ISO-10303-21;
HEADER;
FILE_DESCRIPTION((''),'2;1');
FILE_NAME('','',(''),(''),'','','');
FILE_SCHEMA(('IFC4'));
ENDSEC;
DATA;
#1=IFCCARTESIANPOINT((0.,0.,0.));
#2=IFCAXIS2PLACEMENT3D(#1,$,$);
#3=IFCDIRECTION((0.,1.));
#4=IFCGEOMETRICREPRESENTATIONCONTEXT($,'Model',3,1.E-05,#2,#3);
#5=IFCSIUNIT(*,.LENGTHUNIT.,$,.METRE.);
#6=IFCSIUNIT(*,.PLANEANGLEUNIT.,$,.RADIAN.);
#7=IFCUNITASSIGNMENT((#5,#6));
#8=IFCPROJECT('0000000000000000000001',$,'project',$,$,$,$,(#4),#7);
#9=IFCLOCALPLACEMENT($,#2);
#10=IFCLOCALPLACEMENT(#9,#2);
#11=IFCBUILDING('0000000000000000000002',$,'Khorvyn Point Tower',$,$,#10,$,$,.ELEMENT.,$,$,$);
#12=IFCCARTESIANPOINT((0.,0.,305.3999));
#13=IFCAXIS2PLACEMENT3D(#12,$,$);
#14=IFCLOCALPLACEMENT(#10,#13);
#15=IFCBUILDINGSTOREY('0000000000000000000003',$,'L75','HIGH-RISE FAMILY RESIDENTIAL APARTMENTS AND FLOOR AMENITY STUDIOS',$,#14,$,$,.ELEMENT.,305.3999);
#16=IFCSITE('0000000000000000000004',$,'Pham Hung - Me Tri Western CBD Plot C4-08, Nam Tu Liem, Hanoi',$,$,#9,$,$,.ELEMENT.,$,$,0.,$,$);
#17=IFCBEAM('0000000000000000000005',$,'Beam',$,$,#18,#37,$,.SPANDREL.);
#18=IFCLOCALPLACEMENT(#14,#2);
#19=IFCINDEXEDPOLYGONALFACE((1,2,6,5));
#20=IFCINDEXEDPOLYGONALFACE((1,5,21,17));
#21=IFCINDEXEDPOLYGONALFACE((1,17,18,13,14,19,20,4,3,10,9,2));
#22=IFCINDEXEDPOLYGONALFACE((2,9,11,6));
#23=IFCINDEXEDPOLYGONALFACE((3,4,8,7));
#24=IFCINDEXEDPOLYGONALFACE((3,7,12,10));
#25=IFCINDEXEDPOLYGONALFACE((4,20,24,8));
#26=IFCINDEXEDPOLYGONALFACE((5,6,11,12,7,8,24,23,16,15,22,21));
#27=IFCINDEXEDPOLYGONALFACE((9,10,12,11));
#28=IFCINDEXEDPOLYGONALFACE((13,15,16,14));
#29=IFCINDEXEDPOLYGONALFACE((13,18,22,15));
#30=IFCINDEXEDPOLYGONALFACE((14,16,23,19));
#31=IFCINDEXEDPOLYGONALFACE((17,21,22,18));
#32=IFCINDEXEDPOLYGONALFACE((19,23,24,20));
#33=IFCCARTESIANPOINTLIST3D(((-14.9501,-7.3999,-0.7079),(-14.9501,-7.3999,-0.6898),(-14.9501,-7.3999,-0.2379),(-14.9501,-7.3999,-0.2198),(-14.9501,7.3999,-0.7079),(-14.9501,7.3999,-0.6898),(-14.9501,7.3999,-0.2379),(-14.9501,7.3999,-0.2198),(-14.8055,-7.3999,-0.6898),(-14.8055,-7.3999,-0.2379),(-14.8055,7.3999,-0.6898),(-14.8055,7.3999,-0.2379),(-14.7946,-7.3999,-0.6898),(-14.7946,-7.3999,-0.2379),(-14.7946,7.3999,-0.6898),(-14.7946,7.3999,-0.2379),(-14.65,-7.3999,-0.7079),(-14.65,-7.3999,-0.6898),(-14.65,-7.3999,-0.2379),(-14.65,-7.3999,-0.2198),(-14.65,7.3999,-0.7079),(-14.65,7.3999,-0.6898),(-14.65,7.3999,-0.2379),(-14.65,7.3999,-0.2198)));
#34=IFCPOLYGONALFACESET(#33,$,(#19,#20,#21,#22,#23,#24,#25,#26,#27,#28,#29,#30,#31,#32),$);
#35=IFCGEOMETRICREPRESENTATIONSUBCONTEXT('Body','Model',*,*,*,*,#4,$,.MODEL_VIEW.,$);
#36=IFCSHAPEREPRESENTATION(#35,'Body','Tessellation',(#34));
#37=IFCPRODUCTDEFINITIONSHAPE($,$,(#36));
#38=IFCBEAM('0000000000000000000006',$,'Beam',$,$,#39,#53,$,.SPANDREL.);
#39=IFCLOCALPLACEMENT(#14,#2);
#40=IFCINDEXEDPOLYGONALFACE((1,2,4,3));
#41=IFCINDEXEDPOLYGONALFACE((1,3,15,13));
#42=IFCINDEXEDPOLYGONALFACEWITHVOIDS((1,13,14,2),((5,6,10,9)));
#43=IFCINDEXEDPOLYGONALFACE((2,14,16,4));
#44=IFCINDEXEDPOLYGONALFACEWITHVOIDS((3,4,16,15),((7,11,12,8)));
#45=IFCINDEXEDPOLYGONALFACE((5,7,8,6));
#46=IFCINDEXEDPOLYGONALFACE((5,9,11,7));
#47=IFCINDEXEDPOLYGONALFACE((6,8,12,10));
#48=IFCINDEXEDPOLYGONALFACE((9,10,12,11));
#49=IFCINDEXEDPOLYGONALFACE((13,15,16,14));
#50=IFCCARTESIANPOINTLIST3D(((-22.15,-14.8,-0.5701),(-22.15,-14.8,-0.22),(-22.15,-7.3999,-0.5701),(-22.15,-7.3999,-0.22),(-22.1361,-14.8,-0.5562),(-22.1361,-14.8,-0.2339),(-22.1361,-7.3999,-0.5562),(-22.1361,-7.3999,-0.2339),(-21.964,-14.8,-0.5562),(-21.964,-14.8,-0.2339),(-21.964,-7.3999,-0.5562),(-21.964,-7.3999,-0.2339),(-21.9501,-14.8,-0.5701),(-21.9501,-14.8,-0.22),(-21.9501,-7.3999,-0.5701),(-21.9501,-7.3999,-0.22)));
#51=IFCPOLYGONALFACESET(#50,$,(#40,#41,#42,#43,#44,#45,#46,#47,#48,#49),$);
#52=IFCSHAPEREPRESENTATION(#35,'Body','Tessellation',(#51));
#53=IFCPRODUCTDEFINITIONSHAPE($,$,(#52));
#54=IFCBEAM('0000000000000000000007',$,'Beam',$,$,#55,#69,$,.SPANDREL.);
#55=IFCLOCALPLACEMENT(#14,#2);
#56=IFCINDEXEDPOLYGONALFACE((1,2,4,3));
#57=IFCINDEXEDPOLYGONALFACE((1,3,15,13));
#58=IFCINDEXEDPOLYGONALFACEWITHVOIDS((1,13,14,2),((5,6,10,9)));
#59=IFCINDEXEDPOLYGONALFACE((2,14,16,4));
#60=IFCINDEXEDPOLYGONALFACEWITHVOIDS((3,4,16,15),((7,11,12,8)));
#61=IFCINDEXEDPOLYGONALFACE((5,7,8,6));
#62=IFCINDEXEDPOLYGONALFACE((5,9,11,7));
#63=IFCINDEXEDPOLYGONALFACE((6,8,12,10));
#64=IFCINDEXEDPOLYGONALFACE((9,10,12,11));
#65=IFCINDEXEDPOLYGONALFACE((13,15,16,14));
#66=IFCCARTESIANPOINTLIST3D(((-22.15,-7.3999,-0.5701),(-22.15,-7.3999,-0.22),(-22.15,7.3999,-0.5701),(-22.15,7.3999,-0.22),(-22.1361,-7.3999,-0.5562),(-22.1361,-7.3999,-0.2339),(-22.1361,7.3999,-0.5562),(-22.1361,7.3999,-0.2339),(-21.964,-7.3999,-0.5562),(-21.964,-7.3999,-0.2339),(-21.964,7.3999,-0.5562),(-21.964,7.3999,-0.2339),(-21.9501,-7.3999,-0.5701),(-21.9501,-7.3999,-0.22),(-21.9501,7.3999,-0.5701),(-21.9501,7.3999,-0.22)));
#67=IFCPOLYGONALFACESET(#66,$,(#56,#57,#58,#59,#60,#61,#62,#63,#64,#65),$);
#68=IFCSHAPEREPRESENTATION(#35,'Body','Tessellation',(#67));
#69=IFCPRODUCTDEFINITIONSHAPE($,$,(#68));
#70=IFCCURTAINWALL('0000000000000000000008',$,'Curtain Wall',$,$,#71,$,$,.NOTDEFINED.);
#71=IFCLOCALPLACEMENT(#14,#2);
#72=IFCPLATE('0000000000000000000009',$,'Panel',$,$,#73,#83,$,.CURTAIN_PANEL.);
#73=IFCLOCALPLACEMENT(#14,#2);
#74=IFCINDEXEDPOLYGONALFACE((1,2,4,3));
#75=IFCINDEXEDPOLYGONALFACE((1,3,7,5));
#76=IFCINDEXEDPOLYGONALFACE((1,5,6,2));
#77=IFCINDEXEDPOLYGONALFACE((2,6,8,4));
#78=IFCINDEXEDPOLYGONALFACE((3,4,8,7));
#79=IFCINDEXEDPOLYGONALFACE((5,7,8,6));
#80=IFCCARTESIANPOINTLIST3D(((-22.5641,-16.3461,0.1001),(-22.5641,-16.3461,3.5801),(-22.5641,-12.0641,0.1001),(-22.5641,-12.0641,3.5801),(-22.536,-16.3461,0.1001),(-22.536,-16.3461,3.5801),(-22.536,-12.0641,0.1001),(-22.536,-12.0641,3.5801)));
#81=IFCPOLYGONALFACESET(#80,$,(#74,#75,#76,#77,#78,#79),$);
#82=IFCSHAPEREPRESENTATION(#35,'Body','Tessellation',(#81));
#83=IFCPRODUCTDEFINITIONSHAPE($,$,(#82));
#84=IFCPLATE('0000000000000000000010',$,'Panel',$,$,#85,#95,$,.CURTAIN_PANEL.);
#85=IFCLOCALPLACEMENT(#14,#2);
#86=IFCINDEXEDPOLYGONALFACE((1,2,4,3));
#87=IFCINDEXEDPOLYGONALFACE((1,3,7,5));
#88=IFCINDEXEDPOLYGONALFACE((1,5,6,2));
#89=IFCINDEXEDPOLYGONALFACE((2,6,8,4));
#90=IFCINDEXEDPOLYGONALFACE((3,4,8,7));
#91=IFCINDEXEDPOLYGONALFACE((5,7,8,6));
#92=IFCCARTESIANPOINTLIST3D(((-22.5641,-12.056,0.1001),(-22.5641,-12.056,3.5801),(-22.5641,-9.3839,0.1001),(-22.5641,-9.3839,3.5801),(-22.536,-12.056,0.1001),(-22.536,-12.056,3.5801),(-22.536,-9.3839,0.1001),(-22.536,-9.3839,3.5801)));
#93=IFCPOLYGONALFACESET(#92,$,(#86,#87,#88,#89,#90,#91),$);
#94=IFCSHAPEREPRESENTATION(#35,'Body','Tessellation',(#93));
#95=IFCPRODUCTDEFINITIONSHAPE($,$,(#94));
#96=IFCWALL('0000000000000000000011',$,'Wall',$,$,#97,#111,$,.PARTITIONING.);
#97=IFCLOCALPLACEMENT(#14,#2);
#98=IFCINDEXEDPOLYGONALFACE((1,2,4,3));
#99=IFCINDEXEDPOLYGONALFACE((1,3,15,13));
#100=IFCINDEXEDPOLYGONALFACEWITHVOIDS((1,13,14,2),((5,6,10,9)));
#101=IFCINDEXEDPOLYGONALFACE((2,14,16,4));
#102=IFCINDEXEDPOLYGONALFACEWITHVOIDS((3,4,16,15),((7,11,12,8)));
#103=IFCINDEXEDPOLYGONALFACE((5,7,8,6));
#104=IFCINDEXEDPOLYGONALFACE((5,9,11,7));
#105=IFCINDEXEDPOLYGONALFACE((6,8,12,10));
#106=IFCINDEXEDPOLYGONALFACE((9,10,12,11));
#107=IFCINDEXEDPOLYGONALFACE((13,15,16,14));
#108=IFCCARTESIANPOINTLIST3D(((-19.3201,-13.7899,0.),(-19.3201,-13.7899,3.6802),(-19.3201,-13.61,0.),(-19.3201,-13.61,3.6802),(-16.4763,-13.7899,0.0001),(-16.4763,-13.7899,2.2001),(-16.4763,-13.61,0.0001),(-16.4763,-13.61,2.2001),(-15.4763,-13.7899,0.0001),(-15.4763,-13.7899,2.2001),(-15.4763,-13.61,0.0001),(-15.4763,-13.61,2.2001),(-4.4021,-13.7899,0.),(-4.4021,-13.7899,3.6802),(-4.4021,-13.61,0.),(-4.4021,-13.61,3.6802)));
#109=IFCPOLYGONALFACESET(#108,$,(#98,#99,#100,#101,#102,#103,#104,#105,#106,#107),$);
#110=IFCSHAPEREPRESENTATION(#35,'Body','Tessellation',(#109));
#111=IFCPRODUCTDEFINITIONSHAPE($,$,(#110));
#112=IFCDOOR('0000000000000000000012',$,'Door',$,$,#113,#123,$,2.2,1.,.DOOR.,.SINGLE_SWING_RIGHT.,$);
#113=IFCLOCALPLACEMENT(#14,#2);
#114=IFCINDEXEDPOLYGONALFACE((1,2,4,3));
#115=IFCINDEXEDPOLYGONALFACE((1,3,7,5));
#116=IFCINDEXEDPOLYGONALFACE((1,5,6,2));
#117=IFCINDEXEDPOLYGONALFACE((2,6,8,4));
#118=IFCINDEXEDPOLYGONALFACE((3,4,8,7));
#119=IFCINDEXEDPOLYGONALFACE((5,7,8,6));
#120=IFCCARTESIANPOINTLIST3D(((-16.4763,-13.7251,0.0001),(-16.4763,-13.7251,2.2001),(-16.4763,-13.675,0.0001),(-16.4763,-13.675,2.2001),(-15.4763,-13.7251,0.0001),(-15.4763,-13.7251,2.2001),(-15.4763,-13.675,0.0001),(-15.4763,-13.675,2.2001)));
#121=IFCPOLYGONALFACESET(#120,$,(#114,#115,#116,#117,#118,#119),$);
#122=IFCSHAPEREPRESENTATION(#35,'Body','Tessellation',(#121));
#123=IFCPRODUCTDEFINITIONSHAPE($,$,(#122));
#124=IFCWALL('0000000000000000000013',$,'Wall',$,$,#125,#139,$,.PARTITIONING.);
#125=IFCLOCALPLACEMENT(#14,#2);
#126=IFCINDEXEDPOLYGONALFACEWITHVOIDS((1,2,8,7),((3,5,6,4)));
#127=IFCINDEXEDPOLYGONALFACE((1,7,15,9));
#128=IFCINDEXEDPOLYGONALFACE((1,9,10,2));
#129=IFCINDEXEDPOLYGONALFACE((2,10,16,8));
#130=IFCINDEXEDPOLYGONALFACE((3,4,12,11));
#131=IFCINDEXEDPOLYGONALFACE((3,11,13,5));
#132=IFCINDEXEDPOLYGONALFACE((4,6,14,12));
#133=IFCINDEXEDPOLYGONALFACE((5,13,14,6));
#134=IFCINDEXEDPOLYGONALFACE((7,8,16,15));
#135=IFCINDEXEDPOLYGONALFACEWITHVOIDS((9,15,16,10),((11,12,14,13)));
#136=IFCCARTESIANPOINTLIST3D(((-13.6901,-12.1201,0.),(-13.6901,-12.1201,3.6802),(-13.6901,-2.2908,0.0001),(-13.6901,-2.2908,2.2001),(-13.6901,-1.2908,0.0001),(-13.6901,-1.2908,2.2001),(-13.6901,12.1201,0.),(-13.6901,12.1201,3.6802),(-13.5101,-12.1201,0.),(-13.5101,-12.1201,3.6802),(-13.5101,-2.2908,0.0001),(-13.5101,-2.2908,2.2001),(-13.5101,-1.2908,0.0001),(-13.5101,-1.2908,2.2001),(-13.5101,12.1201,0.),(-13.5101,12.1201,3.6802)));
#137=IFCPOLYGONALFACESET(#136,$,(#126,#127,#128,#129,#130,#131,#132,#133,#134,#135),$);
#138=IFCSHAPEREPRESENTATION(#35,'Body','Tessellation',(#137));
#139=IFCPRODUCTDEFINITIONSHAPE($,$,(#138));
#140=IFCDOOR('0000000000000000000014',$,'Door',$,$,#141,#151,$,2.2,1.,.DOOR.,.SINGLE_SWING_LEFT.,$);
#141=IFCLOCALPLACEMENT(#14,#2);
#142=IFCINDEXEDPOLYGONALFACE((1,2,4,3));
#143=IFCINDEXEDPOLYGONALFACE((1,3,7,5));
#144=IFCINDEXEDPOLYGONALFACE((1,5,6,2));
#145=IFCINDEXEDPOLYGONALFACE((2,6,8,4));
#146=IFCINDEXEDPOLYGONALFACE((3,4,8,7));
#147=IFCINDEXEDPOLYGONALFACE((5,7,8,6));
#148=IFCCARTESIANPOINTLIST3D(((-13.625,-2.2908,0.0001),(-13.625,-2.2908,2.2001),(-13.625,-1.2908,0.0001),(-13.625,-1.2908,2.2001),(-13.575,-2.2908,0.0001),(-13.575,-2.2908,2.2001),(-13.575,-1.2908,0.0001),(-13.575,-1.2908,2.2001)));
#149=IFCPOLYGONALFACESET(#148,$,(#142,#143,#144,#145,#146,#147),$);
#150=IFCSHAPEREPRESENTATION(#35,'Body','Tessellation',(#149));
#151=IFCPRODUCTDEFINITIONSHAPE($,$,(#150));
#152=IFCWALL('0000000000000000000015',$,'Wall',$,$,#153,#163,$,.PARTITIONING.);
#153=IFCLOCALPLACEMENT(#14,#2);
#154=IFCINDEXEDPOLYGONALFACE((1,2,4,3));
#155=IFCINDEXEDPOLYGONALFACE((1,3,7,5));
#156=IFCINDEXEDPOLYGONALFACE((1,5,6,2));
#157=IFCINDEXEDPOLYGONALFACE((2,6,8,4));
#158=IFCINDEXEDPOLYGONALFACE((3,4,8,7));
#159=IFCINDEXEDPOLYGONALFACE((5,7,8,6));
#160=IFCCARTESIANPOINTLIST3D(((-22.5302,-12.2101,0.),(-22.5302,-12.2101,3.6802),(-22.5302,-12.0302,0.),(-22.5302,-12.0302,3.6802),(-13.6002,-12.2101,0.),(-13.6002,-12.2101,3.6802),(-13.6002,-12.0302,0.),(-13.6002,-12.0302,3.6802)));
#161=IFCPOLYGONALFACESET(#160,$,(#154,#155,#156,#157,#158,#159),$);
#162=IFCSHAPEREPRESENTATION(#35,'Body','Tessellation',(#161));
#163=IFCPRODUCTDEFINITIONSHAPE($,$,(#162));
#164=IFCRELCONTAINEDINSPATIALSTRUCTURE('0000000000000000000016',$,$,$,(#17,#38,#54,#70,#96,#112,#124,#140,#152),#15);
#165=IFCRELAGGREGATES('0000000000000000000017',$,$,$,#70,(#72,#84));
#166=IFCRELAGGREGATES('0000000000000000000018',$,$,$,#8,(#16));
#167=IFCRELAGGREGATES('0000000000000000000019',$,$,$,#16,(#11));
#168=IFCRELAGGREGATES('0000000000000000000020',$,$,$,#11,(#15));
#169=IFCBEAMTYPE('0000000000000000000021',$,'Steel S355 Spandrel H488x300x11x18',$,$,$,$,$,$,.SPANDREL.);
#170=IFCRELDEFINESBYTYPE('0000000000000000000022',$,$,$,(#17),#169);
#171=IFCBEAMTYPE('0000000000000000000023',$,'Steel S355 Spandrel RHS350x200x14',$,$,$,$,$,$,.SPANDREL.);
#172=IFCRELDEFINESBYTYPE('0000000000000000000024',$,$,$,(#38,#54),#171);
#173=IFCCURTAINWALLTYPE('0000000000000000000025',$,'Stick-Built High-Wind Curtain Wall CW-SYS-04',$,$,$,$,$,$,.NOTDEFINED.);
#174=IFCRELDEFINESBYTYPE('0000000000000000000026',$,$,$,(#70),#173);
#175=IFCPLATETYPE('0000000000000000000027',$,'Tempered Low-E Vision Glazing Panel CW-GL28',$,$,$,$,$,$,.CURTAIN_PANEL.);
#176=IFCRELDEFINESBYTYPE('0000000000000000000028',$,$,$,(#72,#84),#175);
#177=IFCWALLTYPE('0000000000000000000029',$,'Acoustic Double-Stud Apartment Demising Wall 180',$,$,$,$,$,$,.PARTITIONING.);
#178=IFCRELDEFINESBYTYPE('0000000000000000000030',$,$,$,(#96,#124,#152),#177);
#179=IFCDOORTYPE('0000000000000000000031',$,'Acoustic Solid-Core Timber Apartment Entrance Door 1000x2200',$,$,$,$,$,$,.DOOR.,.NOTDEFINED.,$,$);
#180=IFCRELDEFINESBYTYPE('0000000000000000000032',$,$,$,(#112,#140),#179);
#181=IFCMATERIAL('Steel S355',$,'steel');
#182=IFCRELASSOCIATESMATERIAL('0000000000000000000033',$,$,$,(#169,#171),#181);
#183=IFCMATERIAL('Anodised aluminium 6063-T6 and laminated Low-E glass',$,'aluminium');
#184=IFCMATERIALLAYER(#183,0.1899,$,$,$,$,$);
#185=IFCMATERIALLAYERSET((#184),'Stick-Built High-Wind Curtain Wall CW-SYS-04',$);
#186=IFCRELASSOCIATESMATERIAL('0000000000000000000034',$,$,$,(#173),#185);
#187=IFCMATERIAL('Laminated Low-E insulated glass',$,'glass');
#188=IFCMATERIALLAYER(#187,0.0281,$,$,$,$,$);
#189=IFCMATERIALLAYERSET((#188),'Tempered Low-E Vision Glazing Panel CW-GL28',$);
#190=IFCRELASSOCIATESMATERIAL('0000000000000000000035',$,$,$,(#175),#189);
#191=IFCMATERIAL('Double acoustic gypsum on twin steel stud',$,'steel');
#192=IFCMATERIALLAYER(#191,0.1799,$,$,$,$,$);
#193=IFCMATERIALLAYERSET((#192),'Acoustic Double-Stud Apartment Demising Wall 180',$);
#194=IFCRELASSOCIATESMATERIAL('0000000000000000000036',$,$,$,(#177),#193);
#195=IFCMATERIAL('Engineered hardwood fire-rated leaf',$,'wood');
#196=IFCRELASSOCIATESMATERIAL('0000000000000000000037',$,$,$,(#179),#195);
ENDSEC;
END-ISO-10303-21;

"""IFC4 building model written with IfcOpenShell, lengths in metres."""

from ifc_helpers import new_model, si_unit, direction, frame, frame_2d, origin, origin_2d, place, context, subcontext, project, spatial, rectangle, hollow_rectangle, i_section, extrude, material, layer, layer_set, material_profile, profile_set, type_object, element, fill, aggregate, save


model = new_model("IFC4")

# Units and contexts
model_context = context("Model", 3, precision=1e-05, world=origin(), true_north=direction((0.0, 1.0)))
body_context = subcontext(model_context, "Body", "Model", "MODEL_VIEW")
ifc_project = project(units=[si_unit("LENGTHUNIT", "METRE"), si_unit("PLANEANGLEUNIT", "RADIAN")], contexts=[model_context])

# Site, building, storey
site_placement = place(None, origin())
site = spatial("IfcSite", under=ifc_project, at=site_placement, Name="Pham Hung - Me Tri Western CBD Plot C4-08, Nam Tu Liem, Hanoi", CompositionType="ELEMENT", RefElevation=0.0)
building_placement = place(site_placement, origin())
building = spatial("IfcBuilding", under=site, at=building_placement, Name="Khorvyn Point Tower", CompositionType="ELEMENT")
storey_placement = place(building_placement, frame((0.0, 0.0, 305.3999)))
storey = spatial("IfcBuildingStorey", under=building, at=storey_placement, Name="L75", Description="HIGH-RISE FAMILY RESIDENTIAL APARTMENTS AND FLOOR AMENITY STUDIOS", CompositionType="ELEMENT", Elevation=305.3999)

# Shared definitions
ifc_material_1 = material(Name="Steel S355", Category="steel")

# Beams
ifc_material_profile_1 = material_profile(ifc_material_1, i_section(OverallWidth=0.3, OverallDepth=0.488, WebThickness=0.011, FlangeThickness=0.0181, at=origin_2d()))
ifc_profile_set_1 = profile_set([ifc_material_profile_1], Name="Steel S355 H488x300x11x18")
beam_type_1 = type_object("IfcBeamType", Name="Steel S355 Spandrel H488x300x11x18", PredefinedType="SPANDREL", material=ifc_profile_set_1)
beam_1_placement = place(storey_placement, frame((-14.8, -7.3999, -0.4639), z_axis=(0.0, 1.0, 0.0), x_axis=(-1.0, 0.0, 0.0)))
element("IfcBeam", 1, at=beam_1_placement, inside=storey, type_object=beam_type_1, Name="Beam", PredefinedType="SPANDREL", context=body_context, shape_type="SweptSolid", body=[
    extrude(i_section(OverallWidth=0.3, OverallDepth=0.488, WebThickness=0.011, FlangeThickness=0.0181, at=origin_2d()), origin(), (0.0, 0.0, 1.0), 14.7998),
])
ifc_material_profile_2 = material_profile(ifc_material_1, hollow_rectangle(XDim=0.2, YDim=0.3501, WallThickness=0.0139, at=origin_2d()))
ifc_profile_set_2 = profile_set([ifc_material_profile_2], Name="Steel S355 RHS350x200x14")
beam_type_2 = type_object("IfcBeamType", Name="Steel S355 Spandrel RHS350x200x14", PredefinedType="SPANDREL", material=ifc_profile_set_2)
beam_2_placement = place(storey_placement, frame((-22.05, -14.8, -0.395), z_axis=(0.0, 1.0, 0.0), x_axis=(-1.0, 0.0, 0.0)))
element("IfcBeam", 2, at=beam_2_placement, inside=storey, type_object=beam_type_2, Name="Beam", PredefinedType="SPANDREL", context=body_context, shape_type="SweptSolid", body=[
    extrude(hollow_rectangle(XDim=0.2, YDim=0.3501, WallThickness=0.0139, at=origin_2d()), origin(), (0.0, 0.0, 1.0), 7.4001),
])
beam_3_placement = place(storey_placement, frame((-22.05, -7.3999, -0.395), z_axis=(0.0, 1.0, 0.0), x_axis=(-1.0, 0.0, 0.0)))
element("IfcBeam", 3, at=beam_3_placement, inside=storey, type_object=beam_type_2, Name="Beam", PredefinedType="SPANDREL", context=body_context, shape_type="SweptSolid", body=[
    extrude(hollow_rectangle(XDim=0.2, YDim=0.3501, WallThickness=0.0139, at=origin_2d()), origin(), (0.0, 0.0, 1.0), 14.7998),
])

# Curtain wall, plates
ifc_material_2 = material(Name="Anodised aluminium 6063-T6 and laminated Low-E glass", Category="aluminium")
ifc_layer_1 = layer(ifc_material_2, 0.1899)
ifc_layer_set_1 = layer_set([ifc_layer_1], Name="Stick-Built High-Wind Curtain Wall CW-SYS-04")
curtain_wall_type = type_object("IfcCurtainWallType", Name="Stick-Built High-Wind Curtain Wall CW-SYS-04", PredefinedType="NOTDEFINED", material=ifc_layer_set_1)
curtain_wall_placement = place(storey_placement, origin())
curtain_wall = element("IfcCurtainWall", 4, at=curtain_wall_placement, inside=storey, type_object=curtain_wall_type, Name="Curtain Wall", PredefinedType="NOTDEFINED")
ifc_material_3 = material(Name="Laminated Low-E insulated glass", Category="glass")
ifc_layer_2 = layer(ifc_material_3, 0.0281)
ifc_layer_set_2 = layer_set([ifc_layer_2], Name="Tempered Low-E Vision Glazing Panel CW-GL28")
plate_type = type_object("IfcPlateType", Name="Tempered Low-E Vision Glazing Panel CW-GL28", PredefinedType="CURTAIN_PANEL", material=ifc_layer_set_2)
plate_1_placement = place(storey_placement, frame((-22.55, -14.2051, 0.1001), z_axis=(0.0, 0.0, 1.0), x_axis=(0.0, 1.0, 0.0)))
plate_1 = element("IfcPlate", 5, at=plate_1_placement, type_object=plate_type, Name="Panel", PredefinedType="CURTAIN_PANEL", context=body_context, shape_type="SweptSolid", body=[
    extrude(rectangle(XDim=4.282, YDim=0.0281, at=origin_2d()), origin(), (0.0, 0.0, 1.0), 3.48),
])
plate_2_placement = place(storey_placement, frame((-22.55, -10.72, 0.1001), z_axis=(0.0, 0.0, 1.0), x_axis=(0.0, 1.0, 0.0)))
plate_2 = element("IfcPlate", 6, at=plate_2_placement, type_object=plate_type, Name="Panel", PredefinedType="CURTAIN_PANEL", context=body_context, shape_type="SweptSolid", body=[
    extrude(rectangle(XDim=2.6721, YDim=0.0281, at=origin_2d()), origin(), (0.0, 0.0, 1.0), 3.48),
])
aggregate(curtain_wall, [plate_1, plate_2])

# Walls, openings, doors
ifc_material_4 = material(Name="Double acoustic gypsum on twin steel stud", Category="steel")
ifc_layer_3 = layer(ifc_material_4, 0.1799)
ifc_layer_set_3 = layer_set([ifc_layer_3], Name="Acoustic Double-Stud Apartment Demising Wall 180")
wall_type_1 = type_object("IfcWallType", Name="Acoustic Double-Stud Apartment Demising Wall 180", PredefinedType="PARTITIONING", material=ifc_layer_set_3)
wall_1_placement = place(storey_placement, frame((-19.3201, -13.7, 0.0), z_axis=(0.0, 0.0, 1.0), x_axis=(1.0, 0.0, 0.0)))
wall_1 = element("IfcWall", 7, at=wall_1_placement, inside=storey, type_object=wall_type_1, Name="Wall", PredefinedType="PARTITIONING", context=body_context, shape_type="SweptSolid", body=[
    extrude(rectangle(XDim=14.918, YDim=0.1799, at=frame_2d((7.459, 0.0))), origin(), (0.0, 0.0, 1.0), 3.6802),
])
opening_1_placement = place(wall_1_placement, frame((2.8438, 0.0, 0.0)))
opening_1 = element("IfcOpeningElement", 8, at=opening_1_placement, cuts=wall_1, PredefinedType="OPENING", context=body_context, shape_type="SweptSolid", body=[
    extrude(rectangle(XDim=1.0, YDim=2.2, at=frame_2d((0.5, 1.1001))), frame((0.0, 0.0999, 0.0), z_axis=(0.0, -1.0, 0.0), x_axis=(1.0, 0.0, 0.0)), (0.0, 0.0, 1.0), 0.2),
])
ifc_material_5 = material(Name="Engineered hardwood fire-rated leaf", Category="wood")
door_type_1 = type_object("IfcDoorType", Name="Acoustic Solid-Core Timber Apartment Entrance Door 1000x2200", OperationType="NOTDEFINED", PredefinedType="DOOR", material=ifc_material_5)
door_1_placement = place(opening_1_placement, origin())
door_1 = element("IfcDoor", 9, at=door_1_placement, inside=storey, type_object=door_type_1, Name="Door", OperationType="SINGLE_SWING_RIGHT", OverallHeight=2.2, OverallWidth=1.0, PredefinedType="DOOR", context=body_context, shape_type="SweptSolid", body=[
    extrude(rectangle(XDim=1.0, YDim=2.2, at=frame_2d((0.5, 1.1001))), frame((0.0, 0.0249, 0.0), z_axis=(0.0, -1.0, 0.0), x_axis=(1.0, 0.0, 0.0)), (0.0, 0.0, 1.0), 0.05),
])
fill(opening_1, door_1)
wall_2_placement = place(storey_placement, frame((-13.6001, -12.1201, 0.0), z_axis=(0.0, 0.0, 1.0), x_axis=(0.0, 1.0, 0.0)))
wall_2 = element("IfcWall", 10, at=wall_2_placement, inside=storey, type_object=wall_type_1, Name="Wall", PredefinedType="PARTITIONING", context=body_context, shape_type="SweptSolid", body=[
    extrude(rectangle(XDim=24.2402, YDim=0.1799, at=frame_2d((12.1201, 0.0))), origin(), (0.0, 0.0, 1.0), 3.6802),
])
opening_2_placement = place(wall_2_placement, frame((9.8293, 0.0, 0.0)))
opening_2 = element("IfcOpeningElement", 11, at=opening_2_placement, cuts=wall_2, PredefinedType="OPENING", context=body_context, shape_type="SweptSolid", body=[
    extrude(rectangle(XDim=1.0, YDim=2.2, at=frame_2d((0.5, 1.1001))), frame((0.0, 0.0999, 0.0), z_axis=(0.0, -1.0, 0.0), x_axis=(1.0, 0.0, 0.0)), (0.0, 0.0, 1.0), 0.2),
])
door_2_placement = place(opening_2_placement, origin())
door_2 = element("IfcDoor", 12, at=door_2_placement, inside=storey, type_object=door_type_1, Name="Door", OperationType="SINGLE_SWING_LEFT", OverallHeight=2.2, OverallWidth=1.0, PredefinedType="DOOR", context=body_context, shape_type="SweptSolid", body=[
    extrude(rectangle(XDim=1.0, YDim=2.2, at=frame_2d((0.5, 1.1001))), frame((0.0, 0.0249, 0.0), z_axis=(0.0, -1.0, 0.0), x_axis=(1.0, 0.0, 0.0)), (0.0, 0.0, 1.0), 0.05),
])
fill(opening_2, door_2)

# Wall
wall_3_placement = place(storey_placement, frame((-22.53, -12.1201, 0.0), z_axis=(0.0, 0.0, 1.0), x_axis=(1.0, 0.0, 0.0)))
element("IfcWall", 13, at=wall_3_placement, inside=storey, type_object=wall_type_1, Name="Wall", PredefinedType="PARTITIONING", context=body_context, shape_type="SweptSolid", body=[
    extrude(rectangle(XDim=8.9299, YDim=0.1799, at=frame_2d((4.4648, 0.0))), origin(), (0.0, 0.0, 1.0), 3.6802),
])

save(model, "model.ifc")
